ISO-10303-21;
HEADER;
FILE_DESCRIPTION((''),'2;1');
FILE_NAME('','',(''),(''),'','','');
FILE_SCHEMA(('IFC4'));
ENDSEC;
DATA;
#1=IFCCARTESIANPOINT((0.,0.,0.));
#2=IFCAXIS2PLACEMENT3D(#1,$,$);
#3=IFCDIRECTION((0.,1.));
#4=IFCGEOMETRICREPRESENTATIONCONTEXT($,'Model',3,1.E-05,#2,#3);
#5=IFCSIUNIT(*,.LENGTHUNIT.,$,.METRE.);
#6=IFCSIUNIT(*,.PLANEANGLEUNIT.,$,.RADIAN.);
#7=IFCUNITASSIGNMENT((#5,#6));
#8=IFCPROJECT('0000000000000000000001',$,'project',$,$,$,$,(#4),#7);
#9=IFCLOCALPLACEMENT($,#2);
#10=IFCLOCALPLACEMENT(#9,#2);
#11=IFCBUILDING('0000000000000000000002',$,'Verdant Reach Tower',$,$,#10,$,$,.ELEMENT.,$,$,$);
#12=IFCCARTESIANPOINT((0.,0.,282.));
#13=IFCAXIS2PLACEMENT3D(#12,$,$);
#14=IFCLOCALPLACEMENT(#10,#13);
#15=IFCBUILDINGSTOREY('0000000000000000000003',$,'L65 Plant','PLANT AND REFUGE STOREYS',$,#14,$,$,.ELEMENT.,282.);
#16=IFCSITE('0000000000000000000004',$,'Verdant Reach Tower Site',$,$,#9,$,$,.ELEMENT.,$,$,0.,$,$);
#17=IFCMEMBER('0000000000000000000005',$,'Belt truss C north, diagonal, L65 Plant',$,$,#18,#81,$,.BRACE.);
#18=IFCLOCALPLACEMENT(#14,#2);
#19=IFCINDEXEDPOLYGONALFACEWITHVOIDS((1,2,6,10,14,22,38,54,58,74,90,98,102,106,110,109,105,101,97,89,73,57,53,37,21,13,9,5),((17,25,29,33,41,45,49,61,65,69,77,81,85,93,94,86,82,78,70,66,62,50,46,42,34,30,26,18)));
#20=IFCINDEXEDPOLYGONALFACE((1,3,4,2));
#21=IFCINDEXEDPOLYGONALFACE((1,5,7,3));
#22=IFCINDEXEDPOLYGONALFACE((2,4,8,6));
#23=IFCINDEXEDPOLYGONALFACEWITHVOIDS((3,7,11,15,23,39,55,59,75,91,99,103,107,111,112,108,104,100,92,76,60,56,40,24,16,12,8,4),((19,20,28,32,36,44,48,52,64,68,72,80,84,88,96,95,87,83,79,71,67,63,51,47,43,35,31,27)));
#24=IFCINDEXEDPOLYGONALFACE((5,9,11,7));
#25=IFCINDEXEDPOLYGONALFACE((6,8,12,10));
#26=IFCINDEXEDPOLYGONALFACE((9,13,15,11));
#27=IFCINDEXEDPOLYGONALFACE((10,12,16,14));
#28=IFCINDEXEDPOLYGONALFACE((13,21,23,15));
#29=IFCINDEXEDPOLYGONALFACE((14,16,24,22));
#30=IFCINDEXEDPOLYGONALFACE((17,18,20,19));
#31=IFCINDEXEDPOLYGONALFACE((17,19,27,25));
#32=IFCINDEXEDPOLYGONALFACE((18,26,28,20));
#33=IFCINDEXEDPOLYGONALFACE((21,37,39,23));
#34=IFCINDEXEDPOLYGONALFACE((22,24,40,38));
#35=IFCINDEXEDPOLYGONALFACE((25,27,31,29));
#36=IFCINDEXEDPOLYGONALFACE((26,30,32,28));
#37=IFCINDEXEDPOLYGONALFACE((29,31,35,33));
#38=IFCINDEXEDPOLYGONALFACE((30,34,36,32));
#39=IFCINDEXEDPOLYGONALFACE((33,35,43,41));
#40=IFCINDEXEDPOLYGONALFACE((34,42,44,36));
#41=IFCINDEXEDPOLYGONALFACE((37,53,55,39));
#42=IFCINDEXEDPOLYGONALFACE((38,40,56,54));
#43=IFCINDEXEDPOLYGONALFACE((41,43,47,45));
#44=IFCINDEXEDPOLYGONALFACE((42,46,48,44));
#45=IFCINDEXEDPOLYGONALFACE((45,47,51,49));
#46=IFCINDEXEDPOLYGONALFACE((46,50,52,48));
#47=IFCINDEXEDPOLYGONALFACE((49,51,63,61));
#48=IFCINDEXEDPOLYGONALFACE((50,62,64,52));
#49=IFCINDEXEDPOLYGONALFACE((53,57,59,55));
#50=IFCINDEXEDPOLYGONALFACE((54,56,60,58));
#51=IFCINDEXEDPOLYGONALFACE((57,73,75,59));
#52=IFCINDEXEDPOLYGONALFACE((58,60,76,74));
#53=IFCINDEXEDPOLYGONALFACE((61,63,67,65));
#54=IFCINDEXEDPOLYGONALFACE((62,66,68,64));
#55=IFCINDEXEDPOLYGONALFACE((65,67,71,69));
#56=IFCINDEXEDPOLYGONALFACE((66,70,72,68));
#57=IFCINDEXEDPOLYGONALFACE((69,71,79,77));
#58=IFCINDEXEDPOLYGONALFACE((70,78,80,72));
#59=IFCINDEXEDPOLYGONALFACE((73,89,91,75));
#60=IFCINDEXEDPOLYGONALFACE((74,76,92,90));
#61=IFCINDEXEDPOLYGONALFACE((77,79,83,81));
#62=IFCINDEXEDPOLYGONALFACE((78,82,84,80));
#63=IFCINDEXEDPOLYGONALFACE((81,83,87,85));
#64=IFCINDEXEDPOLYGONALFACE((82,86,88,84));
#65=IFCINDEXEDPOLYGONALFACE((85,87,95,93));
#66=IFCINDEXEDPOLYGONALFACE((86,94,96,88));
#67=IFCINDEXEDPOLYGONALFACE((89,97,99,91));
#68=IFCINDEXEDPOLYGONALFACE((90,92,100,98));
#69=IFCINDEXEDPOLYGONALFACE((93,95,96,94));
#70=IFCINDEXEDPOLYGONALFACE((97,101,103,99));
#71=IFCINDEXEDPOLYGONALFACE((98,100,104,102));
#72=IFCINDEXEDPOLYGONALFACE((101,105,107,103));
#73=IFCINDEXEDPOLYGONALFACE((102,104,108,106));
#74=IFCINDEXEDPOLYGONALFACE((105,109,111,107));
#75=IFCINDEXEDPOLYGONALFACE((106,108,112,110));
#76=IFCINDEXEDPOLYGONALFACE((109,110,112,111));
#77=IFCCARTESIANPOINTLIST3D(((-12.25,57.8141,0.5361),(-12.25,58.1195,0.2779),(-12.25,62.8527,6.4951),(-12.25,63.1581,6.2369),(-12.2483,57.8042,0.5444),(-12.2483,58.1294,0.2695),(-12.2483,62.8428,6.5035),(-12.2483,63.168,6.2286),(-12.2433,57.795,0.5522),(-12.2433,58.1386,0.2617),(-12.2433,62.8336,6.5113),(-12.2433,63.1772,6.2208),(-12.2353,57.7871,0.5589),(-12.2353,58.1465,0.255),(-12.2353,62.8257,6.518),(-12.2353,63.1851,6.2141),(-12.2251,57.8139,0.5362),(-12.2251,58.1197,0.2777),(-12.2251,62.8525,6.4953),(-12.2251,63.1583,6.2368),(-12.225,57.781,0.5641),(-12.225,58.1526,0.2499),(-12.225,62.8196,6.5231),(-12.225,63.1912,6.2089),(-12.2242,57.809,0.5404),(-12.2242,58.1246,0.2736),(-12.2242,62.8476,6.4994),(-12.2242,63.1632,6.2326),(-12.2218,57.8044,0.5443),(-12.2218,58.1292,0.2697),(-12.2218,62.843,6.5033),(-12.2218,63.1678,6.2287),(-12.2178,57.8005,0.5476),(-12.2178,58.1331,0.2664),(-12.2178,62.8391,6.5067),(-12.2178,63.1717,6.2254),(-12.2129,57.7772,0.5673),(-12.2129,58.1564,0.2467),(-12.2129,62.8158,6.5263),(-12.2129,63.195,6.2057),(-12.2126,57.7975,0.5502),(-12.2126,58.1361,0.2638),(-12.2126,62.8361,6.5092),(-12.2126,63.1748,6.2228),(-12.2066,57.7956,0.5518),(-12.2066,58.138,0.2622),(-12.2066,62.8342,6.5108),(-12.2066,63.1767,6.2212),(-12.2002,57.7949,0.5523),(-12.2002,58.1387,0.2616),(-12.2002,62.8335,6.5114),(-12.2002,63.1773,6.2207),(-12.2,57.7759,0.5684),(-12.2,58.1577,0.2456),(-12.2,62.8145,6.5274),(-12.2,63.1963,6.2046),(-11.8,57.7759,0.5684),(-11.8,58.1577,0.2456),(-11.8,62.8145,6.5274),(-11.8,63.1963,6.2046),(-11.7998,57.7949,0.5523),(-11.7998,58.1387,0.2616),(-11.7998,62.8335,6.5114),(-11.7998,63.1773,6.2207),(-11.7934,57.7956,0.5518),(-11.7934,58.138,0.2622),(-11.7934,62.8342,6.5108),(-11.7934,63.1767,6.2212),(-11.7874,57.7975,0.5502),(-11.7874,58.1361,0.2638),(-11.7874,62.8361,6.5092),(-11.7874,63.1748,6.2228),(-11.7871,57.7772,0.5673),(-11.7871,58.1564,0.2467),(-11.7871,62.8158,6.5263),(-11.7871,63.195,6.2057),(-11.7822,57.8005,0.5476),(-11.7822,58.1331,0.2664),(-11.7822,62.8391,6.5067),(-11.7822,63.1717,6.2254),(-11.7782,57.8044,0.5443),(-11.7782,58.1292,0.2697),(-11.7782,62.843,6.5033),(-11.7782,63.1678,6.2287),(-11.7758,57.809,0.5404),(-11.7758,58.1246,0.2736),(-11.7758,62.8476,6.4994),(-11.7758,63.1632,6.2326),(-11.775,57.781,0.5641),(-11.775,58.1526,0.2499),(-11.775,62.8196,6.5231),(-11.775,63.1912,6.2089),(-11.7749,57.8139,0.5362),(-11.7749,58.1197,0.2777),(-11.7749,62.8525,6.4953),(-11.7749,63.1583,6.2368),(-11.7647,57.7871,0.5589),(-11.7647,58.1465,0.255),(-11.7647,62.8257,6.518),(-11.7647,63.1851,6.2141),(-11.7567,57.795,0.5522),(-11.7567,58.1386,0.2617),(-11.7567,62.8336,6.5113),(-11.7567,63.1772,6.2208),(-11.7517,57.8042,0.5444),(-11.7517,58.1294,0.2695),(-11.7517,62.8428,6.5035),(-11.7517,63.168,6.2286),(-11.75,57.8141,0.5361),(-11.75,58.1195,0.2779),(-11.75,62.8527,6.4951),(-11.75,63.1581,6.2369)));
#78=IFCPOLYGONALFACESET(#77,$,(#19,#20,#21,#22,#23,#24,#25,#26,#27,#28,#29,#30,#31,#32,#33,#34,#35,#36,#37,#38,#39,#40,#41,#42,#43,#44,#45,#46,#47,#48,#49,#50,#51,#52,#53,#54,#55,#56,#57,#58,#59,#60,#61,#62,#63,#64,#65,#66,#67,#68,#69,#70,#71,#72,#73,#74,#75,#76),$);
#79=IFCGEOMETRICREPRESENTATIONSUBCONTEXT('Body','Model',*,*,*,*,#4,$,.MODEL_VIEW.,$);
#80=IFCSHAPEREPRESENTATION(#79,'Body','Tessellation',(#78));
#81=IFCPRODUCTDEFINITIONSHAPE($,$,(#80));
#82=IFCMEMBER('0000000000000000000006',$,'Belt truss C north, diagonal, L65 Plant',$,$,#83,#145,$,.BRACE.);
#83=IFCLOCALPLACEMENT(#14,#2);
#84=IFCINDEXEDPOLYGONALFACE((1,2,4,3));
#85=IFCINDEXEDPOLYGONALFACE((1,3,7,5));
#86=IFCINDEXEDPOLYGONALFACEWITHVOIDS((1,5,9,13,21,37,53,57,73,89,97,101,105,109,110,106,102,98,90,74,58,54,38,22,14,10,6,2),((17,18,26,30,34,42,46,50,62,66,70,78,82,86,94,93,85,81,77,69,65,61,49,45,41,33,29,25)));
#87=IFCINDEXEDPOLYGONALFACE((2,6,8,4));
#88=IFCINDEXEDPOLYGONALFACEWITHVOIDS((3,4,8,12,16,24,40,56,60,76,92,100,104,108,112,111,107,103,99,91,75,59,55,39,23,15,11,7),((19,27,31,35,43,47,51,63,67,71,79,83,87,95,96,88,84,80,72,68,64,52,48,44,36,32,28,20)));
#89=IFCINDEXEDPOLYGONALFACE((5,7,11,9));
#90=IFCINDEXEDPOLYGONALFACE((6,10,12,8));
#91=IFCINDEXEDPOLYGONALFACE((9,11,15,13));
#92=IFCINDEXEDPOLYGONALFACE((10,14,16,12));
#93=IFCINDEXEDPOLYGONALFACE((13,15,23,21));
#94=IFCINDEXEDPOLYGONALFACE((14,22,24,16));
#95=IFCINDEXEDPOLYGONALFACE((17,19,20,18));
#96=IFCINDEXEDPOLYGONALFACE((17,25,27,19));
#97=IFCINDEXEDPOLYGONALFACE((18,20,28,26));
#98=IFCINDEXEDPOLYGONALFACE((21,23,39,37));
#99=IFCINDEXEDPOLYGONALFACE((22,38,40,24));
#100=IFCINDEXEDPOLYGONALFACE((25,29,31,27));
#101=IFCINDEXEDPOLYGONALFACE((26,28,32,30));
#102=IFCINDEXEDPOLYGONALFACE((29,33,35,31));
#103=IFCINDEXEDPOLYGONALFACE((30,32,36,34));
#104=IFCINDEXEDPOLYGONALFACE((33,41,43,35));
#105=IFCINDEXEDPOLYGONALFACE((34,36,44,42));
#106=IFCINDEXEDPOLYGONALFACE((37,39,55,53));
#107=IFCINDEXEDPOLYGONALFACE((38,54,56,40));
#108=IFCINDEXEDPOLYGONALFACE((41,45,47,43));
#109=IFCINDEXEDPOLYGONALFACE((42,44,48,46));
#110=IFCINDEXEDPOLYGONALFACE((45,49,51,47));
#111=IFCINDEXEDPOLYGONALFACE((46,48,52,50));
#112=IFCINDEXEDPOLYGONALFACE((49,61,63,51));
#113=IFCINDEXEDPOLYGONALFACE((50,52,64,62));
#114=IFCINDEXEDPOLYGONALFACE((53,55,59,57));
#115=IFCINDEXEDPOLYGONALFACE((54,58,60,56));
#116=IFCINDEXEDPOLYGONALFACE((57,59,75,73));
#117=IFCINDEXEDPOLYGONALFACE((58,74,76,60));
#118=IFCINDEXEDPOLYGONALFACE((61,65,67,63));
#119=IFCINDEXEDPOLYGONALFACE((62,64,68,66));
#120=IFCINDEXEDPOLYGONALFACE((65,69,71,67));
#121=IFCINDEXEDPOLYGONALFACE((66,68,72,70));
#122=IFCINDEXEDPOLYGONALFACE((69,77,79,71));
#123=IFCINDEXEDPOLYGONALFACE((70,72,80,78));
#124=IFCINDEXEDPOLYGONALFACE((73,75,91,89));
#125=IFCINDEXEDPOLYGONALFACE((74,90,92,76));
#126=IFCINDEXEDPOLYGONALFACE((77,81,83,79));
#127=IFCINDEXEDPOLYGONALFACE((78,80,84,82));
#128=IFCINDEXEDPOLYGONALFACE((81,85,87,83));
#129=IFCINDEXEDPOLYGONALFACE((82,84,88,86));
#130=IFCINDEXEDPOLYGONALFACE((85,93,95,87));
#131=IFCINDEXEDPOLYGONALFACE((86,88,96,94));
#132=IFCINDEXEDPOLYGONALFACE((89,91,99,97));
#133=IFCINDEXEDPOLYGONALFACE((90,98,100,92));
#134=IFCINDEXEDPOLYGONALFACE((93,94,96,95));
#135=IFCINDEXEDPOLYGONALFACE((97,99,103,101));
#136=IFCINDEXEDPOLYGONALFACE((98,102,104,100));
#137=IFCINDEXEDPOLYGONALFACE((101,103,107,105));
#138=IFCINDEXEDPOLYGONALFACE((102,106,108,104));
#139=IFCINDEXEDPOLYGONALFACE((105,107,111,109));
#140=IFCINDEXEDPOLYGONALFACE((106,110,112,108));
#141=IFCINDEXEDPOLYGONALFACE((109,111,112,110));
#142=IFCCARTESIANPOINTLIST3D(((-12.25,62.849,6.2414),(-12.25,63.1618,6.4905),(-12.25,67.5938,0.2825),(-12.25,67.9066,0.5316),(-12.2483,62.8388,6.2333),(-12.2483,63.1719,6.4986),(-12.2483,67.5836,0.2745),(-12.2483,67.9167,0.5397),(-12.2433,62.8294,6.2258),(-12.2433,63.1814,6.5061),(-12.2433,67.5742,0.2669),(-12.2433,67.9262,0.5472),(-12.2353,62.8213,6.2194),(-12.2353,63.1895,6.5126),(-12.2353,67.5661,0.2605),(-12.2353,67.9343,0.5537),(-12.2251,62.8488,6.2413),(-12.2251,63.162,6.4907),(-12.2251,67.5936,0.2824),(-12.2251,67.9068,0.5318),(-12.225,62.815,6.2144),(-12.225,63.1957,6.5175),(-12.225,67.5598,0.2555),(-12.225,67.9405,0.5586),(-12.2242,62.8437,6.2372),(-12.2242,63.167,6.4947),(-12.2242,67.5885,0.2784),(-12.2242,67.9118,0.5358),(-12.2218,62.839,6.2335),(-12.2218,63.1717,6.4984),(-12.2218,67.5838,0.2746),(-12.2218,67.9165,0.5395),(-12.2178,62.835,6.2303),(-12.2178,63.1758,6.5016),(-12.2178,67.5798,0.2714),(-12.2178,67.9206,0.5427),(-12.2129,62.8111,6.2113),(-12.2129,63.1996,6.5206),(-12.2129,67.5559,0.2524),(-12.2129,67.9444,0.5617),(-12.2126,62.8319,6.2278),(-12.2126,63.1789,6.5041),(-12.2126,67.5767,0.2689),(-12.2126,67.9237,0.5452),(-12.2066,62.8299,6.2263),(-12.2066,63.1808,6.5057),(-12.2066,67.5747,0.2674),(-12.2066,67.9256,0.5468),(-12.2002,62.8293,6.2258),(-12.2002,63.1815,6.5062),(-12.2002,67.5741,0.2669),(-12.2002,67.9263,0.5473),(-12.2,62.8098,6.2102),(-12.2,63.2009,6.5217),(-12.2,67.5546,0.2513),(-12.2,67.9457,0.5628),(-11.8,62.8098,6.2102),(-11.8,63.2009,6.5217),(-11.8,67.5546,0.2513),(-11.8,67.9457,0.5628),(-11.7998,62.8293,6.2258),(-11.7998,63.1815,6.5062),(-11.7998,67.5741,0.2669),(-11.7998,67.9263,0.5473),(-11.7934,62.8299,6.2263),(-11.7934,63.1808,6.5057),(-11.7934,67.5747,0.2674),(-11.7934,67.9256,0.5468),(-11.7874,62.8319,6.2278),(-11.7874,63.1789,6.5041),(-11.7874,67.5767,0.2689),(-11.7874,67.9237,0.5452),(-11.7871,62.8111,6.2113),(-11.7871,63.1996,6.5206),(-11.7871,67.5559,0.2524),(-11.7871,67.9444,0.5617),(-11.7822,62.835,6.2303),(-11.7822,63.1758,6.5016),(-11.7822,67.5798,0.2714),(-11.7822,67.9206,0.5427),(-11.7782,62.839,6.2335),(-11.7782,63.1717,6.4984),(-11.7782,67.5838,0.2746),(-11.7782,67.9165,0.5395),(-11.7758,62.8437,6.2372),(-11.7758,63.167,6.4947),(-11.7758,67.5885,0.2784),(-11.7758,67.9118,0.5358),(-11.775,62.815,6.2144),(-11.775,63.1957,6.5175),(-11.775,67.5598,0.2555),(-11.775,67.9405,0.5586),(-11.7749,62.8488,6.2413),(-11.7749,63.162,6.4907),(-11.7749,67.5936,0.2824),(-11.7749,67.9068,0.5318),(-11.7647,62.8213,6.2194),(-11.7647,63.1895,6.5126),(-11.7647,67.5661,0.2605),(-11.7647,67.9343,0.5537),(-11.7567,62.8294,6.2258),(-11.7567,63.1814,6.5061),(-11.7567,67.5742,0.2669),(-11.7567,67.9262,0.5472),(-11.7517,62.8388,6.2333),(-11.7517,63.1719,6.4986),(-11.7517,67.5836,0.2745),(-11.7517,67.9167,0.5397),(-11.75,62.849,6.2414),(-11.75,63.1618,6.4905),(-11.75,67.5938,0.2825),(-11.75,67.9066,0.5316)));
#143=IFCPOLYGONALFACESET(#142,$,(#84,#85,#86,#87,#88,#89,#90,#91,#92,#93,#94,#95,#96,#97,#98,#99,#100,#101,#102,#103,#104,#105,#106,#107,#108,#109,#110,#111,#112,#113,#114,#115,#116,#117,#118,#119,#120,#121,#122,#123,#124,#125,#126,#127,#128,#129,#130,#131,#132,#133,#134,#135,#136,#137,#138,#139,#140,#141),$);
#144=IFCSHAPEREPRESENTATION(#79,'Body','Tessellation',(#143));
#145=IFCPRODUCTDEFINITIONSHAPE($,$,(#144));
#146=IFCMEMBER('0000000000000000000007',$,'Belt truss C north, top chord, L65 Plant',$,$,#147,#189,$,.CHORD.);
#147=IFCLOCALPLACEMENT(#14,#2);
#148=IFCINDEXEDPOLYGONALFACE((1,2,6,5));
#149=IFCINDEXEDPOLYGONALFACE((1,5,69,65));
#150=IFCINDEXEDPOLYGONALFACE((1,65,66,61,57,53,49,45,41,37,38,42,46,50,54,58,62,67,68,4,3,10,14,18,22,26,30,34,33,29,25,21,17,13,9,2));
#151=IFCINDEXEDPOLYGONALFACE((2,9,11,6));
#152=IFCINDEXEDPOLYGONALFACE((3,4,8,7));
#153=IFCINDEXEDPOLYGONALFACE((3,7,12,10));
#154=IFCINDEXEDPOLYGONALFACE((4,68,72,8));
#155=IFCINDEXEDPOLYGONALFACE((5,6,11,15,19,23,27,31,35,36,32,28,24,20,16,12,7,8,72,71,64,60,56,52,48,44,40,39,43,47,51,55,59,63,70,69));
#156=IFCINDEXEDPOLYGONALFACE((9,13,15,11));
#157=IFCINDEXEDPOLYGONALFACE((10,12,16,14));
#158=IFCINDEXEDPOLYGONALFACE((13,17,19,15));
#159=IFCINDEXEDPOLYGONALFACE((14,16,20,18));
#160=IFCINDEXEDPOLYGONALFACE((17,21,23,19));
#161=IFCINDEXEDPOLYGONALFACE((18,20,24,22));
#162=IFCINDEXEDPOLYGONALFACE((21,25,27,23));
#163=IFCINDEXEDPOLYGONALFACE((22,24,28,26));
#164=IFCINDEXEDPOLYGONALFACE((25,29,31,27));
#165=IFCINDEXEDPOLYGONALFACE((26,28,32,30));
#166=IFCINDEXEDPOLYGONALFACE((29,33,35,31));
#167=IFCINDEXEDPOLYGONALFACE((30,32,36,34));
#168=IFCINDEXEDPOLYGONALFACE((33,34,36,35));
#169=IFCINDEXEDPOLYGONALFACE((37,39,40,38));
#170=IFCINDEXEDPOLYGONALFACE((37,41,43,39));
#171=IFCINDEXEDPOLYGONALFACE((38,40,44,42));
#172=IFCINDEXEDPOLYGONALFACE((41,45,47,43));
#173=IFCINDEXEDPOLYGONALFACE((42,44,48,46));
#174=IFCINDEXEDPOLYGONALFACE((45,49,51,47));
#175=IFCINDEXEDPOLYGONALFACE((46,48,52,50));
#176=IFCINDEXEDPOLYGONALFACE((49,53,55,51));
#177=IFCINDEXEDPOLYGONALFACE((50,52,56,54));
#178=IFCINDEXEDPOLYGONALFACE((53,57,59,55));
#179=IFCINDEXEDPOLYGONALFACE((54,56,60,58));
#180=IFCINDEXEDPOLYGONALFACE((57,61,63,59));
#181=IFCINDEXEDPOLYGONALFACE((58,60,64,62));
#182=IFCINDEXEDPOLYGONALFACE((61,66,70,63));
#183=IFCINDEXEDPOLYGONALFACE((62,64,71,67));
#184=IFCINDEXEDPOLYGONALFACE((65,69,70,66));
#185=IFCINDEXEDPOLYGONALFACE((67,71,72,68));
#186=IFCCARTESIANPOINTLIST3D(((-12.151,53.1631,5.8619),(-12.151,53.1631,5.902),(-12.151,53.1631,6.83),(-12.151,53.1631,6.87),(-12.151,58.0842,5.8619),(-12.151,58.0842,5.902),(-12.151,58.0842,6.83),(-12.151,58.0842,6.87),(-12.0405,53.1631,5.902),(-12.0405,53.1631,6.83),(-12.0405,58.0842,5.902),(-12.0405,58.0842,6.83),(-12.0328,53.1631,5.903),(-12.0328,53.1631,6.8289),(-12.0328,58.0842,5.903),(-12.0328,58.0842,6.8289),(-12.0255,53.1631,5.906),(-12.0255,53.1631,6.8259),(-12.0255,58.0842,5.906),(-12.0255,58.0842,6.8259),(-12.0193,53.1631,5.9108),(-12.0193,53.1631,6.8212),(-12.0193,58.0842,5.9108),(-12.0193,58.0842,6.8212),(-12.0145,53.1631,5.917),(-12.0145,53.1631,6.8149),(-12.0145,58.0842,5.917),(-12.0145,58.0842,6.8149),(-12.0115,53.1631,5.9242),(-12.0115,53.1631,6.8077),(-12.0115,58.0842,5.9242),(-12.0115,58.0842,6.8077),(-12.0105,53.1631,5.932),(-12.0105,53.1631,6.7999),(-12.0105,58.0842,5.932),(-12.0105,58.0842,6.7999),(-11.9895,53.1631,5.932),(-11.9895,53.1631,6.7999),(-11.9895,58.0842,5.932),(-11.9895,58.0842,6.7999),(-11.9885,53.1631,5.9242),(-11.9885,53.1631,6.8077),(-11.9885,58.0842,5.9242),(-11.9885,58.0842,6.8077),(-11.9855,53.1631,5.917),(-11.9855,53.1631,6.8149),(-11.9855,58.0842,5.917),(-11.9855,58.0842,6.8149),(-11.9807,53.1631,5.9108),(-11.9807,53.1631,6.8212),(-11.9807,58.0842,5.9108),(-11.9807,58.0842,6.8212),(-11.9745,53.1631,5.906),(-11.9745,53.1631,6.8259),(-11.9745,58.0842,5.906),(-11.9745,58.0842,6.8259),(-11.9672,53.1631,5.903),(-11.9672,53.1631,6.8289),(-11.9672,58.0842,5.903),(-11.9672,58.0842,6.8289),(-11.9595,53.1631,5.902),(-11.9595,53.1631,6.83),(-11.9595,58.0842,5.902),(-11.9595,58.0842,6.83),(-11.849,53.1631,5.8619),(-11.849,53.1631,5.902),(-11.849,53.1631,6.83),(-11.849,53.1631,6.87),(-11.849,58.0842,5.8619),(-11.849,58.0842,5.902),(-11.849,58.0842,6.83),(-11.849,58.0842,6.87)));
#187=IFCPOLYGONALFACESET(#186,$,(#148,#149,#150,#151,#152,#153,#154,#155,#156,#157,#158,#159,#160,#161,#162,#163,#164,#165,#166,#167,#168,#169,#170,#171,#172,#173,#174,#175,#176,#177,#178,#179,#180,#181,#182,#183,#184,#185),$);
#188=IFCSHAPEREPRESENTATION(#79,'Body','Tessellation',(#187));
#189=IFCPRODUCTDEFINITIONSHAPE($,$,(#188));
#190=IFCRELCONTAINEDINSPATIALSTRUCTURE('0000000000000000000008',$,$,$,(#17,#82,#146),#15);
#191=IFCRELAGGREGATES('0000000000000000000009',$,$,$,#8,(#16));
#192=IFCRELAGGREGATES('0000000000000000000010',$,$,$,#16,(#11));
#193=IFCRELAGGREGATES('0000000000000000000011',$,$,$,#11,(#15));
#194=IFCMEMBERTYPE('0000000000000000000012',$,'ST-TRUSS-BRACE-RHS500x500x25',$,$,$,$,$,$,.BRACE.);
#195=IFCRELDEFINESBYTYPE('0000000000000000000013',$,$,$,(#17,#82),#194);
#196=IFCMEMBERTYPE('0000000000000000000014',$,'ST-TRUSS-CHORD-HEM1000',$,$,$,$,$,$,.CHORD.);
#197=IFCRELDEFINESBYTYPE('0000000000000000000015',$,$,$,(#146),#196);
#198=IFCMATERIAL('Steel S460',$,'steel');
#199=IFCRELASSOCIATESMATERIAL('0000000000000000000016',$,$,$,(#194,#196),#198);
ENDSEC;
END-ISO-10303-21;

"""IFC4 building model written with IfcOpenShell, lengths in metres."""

from ifc_helpers import new_model, si_unit, direction, frame, origin, origin_2d, place, context, subcontext, project, spatial, hollow_rectangle, i_section, extrude, material, material_profile, profile_set, type_object, element, save


model = new_model("IFC4")

# Units and contexts
model_context = context("Model", 3, precision=1e-05, world=origin(), true_north=direction((0.0, 1.0)))
body_context = subcontext(model_context, "Body", "Model", "MODEL_VIEW")
ifc_project = project(units=[si_unit("LENGTHUNIT", "METRE"), si_unit("PLANEANGLEUNIT", "RADIAN")], contexts=[model_context])

# Site, building, storey
site_placement = place(None, origin())
site = spatial("IfcSite", under=ifc_project, at=site_placement, Name="Verdant Reach Tower Site", CompositionType="ELEMENT", RefElevation=0.0)
building_placement = place(site_placement, origin())
building = spatial("IfcBuilding", under=site, at=building_placement, Name="Verdant Reach Tower", CompositionType="ELEMENT")
storey_placement = place(building_placement, frame((0.0, 0.0, 282.0)))
storey = spatial("IfcBuildingStorey", under=building, at=storey_placement, Name="L65 Plant", Description="PLANT AND REFUGE STOREYS", CompositionType="ELEMENT", Elevation=282.0)

# Shared definitions
ifc_material_1 = material(Name="Steel S460", Category="steel")

# Members
ifc_material_profile_1 = material_profile(ifc_material_1, hollow_rectangle(XDim=0.5, YDim=0.5, WallThickness=0.0249, InnerFilletRadius=0.0249, OuterFilletRadius=0.05, at=origin_2d()), Name="RHS 500x500x25")
ifc_profile_set_1 = profile_set([ifc_material_profile_1], Name="Steel S460")
member_type_1 = type_object("IfcMemberType", Name="ST-TRUSS-BRACE-RHS500x500x25", PredefinedType="BRACE", material=ifc_profile_set_1)
member_1_placement = place(storey_placement, frame((-12.0, 57.9668, 0.407), z_axis=(0.0, 0.64567, 0.763616), x_axis=(-1.0, 0.0, 0.0)))
element("IfcMember", 1, at=member_1_placement, inside=storey, type_object=member_type_1, Name="Belt truss C north, diagonal, L65 Plant", PredefinedType="BRACE", context=body_context, shape_type="SweptSolid", body=[
    extrude(hollow_rectangle(XDim=0.5, YDim=0.5, WallThickness=0.0249, InnerFilletRadius=0.0249, OuterFilletRadius=0.05, at=origin_2d()), origin(), (0.0, 0.0, 1.0), 7.8037),
])
member_2_placement = place(storey_placement, frame((-12.0, 63.0054, 6.366), z_axis=(0.0, 0.622907, -0.782296), x_axis=(-1.0, 0.0, 0.0)))
element("IfcMember", 2, at=member_2_placement, inside=storey, type_object=member_type_1, Name="Belt truss C north, diagonal, L65 Plant", PredefinedType="BRACE", context=body_context, shape_type="SweptSolid", body=[
    extrude(hollow_rectangle(XDim=0.5, YDim=0.5, WallThickness=0.0249, InnerFilletRadius=0.0249, OuterFilletRadius=0.05, at=origin_2d()), origin(), (0.0, 0.0, 1.0), 7.6172),
])
ifc_material_profile_2 = material_profile(ifc_material_1, i_section(OverallWidth=0.302, OverallDepth=1.0081, WebThickness=0.021, FlangeThickness=0.04, FilletRadius=0.03, at=origin_2d()), Name="HEM 1000")
ifc_profile_set_2 = profile_set([ifc_material_profile_2], Name="Steel S460")
member_type_2 = type_object("IfcMemberType", Name="ST-TRUSS-CHORD-HEM1000", PredefinedType="CHORD", material=ifc_profile_set_2)
for number, where, z_axis, x_axis, name in (
    (3, (-12.0, 53.1631, 6.366), (0.0, 1.0, 0.0), (-1.0, 0.0, 0.0), "Belt truss C north, top chord, L65 Plant"),
):
    element("IfcMember", number, at=place(storey_placement, frame(where, z_axis=z_axis, x_axis=x_axis)), inside=storey, type_object=member_type_2, Name=name, PredefinedType="CHORD", context=body_context, shape_type="SweptSolid", body=[
        extrude(i_section(OverallWidth=0.302, OverallDepth=1.0081, WebThickness=0.021, FlangeThickness=0.04, FilletRadius=0.03, at=origin_2d()), origin(), (0.0, 0.0, 1.0), 4.9211),
    ])

save(model, "model.ifc")
